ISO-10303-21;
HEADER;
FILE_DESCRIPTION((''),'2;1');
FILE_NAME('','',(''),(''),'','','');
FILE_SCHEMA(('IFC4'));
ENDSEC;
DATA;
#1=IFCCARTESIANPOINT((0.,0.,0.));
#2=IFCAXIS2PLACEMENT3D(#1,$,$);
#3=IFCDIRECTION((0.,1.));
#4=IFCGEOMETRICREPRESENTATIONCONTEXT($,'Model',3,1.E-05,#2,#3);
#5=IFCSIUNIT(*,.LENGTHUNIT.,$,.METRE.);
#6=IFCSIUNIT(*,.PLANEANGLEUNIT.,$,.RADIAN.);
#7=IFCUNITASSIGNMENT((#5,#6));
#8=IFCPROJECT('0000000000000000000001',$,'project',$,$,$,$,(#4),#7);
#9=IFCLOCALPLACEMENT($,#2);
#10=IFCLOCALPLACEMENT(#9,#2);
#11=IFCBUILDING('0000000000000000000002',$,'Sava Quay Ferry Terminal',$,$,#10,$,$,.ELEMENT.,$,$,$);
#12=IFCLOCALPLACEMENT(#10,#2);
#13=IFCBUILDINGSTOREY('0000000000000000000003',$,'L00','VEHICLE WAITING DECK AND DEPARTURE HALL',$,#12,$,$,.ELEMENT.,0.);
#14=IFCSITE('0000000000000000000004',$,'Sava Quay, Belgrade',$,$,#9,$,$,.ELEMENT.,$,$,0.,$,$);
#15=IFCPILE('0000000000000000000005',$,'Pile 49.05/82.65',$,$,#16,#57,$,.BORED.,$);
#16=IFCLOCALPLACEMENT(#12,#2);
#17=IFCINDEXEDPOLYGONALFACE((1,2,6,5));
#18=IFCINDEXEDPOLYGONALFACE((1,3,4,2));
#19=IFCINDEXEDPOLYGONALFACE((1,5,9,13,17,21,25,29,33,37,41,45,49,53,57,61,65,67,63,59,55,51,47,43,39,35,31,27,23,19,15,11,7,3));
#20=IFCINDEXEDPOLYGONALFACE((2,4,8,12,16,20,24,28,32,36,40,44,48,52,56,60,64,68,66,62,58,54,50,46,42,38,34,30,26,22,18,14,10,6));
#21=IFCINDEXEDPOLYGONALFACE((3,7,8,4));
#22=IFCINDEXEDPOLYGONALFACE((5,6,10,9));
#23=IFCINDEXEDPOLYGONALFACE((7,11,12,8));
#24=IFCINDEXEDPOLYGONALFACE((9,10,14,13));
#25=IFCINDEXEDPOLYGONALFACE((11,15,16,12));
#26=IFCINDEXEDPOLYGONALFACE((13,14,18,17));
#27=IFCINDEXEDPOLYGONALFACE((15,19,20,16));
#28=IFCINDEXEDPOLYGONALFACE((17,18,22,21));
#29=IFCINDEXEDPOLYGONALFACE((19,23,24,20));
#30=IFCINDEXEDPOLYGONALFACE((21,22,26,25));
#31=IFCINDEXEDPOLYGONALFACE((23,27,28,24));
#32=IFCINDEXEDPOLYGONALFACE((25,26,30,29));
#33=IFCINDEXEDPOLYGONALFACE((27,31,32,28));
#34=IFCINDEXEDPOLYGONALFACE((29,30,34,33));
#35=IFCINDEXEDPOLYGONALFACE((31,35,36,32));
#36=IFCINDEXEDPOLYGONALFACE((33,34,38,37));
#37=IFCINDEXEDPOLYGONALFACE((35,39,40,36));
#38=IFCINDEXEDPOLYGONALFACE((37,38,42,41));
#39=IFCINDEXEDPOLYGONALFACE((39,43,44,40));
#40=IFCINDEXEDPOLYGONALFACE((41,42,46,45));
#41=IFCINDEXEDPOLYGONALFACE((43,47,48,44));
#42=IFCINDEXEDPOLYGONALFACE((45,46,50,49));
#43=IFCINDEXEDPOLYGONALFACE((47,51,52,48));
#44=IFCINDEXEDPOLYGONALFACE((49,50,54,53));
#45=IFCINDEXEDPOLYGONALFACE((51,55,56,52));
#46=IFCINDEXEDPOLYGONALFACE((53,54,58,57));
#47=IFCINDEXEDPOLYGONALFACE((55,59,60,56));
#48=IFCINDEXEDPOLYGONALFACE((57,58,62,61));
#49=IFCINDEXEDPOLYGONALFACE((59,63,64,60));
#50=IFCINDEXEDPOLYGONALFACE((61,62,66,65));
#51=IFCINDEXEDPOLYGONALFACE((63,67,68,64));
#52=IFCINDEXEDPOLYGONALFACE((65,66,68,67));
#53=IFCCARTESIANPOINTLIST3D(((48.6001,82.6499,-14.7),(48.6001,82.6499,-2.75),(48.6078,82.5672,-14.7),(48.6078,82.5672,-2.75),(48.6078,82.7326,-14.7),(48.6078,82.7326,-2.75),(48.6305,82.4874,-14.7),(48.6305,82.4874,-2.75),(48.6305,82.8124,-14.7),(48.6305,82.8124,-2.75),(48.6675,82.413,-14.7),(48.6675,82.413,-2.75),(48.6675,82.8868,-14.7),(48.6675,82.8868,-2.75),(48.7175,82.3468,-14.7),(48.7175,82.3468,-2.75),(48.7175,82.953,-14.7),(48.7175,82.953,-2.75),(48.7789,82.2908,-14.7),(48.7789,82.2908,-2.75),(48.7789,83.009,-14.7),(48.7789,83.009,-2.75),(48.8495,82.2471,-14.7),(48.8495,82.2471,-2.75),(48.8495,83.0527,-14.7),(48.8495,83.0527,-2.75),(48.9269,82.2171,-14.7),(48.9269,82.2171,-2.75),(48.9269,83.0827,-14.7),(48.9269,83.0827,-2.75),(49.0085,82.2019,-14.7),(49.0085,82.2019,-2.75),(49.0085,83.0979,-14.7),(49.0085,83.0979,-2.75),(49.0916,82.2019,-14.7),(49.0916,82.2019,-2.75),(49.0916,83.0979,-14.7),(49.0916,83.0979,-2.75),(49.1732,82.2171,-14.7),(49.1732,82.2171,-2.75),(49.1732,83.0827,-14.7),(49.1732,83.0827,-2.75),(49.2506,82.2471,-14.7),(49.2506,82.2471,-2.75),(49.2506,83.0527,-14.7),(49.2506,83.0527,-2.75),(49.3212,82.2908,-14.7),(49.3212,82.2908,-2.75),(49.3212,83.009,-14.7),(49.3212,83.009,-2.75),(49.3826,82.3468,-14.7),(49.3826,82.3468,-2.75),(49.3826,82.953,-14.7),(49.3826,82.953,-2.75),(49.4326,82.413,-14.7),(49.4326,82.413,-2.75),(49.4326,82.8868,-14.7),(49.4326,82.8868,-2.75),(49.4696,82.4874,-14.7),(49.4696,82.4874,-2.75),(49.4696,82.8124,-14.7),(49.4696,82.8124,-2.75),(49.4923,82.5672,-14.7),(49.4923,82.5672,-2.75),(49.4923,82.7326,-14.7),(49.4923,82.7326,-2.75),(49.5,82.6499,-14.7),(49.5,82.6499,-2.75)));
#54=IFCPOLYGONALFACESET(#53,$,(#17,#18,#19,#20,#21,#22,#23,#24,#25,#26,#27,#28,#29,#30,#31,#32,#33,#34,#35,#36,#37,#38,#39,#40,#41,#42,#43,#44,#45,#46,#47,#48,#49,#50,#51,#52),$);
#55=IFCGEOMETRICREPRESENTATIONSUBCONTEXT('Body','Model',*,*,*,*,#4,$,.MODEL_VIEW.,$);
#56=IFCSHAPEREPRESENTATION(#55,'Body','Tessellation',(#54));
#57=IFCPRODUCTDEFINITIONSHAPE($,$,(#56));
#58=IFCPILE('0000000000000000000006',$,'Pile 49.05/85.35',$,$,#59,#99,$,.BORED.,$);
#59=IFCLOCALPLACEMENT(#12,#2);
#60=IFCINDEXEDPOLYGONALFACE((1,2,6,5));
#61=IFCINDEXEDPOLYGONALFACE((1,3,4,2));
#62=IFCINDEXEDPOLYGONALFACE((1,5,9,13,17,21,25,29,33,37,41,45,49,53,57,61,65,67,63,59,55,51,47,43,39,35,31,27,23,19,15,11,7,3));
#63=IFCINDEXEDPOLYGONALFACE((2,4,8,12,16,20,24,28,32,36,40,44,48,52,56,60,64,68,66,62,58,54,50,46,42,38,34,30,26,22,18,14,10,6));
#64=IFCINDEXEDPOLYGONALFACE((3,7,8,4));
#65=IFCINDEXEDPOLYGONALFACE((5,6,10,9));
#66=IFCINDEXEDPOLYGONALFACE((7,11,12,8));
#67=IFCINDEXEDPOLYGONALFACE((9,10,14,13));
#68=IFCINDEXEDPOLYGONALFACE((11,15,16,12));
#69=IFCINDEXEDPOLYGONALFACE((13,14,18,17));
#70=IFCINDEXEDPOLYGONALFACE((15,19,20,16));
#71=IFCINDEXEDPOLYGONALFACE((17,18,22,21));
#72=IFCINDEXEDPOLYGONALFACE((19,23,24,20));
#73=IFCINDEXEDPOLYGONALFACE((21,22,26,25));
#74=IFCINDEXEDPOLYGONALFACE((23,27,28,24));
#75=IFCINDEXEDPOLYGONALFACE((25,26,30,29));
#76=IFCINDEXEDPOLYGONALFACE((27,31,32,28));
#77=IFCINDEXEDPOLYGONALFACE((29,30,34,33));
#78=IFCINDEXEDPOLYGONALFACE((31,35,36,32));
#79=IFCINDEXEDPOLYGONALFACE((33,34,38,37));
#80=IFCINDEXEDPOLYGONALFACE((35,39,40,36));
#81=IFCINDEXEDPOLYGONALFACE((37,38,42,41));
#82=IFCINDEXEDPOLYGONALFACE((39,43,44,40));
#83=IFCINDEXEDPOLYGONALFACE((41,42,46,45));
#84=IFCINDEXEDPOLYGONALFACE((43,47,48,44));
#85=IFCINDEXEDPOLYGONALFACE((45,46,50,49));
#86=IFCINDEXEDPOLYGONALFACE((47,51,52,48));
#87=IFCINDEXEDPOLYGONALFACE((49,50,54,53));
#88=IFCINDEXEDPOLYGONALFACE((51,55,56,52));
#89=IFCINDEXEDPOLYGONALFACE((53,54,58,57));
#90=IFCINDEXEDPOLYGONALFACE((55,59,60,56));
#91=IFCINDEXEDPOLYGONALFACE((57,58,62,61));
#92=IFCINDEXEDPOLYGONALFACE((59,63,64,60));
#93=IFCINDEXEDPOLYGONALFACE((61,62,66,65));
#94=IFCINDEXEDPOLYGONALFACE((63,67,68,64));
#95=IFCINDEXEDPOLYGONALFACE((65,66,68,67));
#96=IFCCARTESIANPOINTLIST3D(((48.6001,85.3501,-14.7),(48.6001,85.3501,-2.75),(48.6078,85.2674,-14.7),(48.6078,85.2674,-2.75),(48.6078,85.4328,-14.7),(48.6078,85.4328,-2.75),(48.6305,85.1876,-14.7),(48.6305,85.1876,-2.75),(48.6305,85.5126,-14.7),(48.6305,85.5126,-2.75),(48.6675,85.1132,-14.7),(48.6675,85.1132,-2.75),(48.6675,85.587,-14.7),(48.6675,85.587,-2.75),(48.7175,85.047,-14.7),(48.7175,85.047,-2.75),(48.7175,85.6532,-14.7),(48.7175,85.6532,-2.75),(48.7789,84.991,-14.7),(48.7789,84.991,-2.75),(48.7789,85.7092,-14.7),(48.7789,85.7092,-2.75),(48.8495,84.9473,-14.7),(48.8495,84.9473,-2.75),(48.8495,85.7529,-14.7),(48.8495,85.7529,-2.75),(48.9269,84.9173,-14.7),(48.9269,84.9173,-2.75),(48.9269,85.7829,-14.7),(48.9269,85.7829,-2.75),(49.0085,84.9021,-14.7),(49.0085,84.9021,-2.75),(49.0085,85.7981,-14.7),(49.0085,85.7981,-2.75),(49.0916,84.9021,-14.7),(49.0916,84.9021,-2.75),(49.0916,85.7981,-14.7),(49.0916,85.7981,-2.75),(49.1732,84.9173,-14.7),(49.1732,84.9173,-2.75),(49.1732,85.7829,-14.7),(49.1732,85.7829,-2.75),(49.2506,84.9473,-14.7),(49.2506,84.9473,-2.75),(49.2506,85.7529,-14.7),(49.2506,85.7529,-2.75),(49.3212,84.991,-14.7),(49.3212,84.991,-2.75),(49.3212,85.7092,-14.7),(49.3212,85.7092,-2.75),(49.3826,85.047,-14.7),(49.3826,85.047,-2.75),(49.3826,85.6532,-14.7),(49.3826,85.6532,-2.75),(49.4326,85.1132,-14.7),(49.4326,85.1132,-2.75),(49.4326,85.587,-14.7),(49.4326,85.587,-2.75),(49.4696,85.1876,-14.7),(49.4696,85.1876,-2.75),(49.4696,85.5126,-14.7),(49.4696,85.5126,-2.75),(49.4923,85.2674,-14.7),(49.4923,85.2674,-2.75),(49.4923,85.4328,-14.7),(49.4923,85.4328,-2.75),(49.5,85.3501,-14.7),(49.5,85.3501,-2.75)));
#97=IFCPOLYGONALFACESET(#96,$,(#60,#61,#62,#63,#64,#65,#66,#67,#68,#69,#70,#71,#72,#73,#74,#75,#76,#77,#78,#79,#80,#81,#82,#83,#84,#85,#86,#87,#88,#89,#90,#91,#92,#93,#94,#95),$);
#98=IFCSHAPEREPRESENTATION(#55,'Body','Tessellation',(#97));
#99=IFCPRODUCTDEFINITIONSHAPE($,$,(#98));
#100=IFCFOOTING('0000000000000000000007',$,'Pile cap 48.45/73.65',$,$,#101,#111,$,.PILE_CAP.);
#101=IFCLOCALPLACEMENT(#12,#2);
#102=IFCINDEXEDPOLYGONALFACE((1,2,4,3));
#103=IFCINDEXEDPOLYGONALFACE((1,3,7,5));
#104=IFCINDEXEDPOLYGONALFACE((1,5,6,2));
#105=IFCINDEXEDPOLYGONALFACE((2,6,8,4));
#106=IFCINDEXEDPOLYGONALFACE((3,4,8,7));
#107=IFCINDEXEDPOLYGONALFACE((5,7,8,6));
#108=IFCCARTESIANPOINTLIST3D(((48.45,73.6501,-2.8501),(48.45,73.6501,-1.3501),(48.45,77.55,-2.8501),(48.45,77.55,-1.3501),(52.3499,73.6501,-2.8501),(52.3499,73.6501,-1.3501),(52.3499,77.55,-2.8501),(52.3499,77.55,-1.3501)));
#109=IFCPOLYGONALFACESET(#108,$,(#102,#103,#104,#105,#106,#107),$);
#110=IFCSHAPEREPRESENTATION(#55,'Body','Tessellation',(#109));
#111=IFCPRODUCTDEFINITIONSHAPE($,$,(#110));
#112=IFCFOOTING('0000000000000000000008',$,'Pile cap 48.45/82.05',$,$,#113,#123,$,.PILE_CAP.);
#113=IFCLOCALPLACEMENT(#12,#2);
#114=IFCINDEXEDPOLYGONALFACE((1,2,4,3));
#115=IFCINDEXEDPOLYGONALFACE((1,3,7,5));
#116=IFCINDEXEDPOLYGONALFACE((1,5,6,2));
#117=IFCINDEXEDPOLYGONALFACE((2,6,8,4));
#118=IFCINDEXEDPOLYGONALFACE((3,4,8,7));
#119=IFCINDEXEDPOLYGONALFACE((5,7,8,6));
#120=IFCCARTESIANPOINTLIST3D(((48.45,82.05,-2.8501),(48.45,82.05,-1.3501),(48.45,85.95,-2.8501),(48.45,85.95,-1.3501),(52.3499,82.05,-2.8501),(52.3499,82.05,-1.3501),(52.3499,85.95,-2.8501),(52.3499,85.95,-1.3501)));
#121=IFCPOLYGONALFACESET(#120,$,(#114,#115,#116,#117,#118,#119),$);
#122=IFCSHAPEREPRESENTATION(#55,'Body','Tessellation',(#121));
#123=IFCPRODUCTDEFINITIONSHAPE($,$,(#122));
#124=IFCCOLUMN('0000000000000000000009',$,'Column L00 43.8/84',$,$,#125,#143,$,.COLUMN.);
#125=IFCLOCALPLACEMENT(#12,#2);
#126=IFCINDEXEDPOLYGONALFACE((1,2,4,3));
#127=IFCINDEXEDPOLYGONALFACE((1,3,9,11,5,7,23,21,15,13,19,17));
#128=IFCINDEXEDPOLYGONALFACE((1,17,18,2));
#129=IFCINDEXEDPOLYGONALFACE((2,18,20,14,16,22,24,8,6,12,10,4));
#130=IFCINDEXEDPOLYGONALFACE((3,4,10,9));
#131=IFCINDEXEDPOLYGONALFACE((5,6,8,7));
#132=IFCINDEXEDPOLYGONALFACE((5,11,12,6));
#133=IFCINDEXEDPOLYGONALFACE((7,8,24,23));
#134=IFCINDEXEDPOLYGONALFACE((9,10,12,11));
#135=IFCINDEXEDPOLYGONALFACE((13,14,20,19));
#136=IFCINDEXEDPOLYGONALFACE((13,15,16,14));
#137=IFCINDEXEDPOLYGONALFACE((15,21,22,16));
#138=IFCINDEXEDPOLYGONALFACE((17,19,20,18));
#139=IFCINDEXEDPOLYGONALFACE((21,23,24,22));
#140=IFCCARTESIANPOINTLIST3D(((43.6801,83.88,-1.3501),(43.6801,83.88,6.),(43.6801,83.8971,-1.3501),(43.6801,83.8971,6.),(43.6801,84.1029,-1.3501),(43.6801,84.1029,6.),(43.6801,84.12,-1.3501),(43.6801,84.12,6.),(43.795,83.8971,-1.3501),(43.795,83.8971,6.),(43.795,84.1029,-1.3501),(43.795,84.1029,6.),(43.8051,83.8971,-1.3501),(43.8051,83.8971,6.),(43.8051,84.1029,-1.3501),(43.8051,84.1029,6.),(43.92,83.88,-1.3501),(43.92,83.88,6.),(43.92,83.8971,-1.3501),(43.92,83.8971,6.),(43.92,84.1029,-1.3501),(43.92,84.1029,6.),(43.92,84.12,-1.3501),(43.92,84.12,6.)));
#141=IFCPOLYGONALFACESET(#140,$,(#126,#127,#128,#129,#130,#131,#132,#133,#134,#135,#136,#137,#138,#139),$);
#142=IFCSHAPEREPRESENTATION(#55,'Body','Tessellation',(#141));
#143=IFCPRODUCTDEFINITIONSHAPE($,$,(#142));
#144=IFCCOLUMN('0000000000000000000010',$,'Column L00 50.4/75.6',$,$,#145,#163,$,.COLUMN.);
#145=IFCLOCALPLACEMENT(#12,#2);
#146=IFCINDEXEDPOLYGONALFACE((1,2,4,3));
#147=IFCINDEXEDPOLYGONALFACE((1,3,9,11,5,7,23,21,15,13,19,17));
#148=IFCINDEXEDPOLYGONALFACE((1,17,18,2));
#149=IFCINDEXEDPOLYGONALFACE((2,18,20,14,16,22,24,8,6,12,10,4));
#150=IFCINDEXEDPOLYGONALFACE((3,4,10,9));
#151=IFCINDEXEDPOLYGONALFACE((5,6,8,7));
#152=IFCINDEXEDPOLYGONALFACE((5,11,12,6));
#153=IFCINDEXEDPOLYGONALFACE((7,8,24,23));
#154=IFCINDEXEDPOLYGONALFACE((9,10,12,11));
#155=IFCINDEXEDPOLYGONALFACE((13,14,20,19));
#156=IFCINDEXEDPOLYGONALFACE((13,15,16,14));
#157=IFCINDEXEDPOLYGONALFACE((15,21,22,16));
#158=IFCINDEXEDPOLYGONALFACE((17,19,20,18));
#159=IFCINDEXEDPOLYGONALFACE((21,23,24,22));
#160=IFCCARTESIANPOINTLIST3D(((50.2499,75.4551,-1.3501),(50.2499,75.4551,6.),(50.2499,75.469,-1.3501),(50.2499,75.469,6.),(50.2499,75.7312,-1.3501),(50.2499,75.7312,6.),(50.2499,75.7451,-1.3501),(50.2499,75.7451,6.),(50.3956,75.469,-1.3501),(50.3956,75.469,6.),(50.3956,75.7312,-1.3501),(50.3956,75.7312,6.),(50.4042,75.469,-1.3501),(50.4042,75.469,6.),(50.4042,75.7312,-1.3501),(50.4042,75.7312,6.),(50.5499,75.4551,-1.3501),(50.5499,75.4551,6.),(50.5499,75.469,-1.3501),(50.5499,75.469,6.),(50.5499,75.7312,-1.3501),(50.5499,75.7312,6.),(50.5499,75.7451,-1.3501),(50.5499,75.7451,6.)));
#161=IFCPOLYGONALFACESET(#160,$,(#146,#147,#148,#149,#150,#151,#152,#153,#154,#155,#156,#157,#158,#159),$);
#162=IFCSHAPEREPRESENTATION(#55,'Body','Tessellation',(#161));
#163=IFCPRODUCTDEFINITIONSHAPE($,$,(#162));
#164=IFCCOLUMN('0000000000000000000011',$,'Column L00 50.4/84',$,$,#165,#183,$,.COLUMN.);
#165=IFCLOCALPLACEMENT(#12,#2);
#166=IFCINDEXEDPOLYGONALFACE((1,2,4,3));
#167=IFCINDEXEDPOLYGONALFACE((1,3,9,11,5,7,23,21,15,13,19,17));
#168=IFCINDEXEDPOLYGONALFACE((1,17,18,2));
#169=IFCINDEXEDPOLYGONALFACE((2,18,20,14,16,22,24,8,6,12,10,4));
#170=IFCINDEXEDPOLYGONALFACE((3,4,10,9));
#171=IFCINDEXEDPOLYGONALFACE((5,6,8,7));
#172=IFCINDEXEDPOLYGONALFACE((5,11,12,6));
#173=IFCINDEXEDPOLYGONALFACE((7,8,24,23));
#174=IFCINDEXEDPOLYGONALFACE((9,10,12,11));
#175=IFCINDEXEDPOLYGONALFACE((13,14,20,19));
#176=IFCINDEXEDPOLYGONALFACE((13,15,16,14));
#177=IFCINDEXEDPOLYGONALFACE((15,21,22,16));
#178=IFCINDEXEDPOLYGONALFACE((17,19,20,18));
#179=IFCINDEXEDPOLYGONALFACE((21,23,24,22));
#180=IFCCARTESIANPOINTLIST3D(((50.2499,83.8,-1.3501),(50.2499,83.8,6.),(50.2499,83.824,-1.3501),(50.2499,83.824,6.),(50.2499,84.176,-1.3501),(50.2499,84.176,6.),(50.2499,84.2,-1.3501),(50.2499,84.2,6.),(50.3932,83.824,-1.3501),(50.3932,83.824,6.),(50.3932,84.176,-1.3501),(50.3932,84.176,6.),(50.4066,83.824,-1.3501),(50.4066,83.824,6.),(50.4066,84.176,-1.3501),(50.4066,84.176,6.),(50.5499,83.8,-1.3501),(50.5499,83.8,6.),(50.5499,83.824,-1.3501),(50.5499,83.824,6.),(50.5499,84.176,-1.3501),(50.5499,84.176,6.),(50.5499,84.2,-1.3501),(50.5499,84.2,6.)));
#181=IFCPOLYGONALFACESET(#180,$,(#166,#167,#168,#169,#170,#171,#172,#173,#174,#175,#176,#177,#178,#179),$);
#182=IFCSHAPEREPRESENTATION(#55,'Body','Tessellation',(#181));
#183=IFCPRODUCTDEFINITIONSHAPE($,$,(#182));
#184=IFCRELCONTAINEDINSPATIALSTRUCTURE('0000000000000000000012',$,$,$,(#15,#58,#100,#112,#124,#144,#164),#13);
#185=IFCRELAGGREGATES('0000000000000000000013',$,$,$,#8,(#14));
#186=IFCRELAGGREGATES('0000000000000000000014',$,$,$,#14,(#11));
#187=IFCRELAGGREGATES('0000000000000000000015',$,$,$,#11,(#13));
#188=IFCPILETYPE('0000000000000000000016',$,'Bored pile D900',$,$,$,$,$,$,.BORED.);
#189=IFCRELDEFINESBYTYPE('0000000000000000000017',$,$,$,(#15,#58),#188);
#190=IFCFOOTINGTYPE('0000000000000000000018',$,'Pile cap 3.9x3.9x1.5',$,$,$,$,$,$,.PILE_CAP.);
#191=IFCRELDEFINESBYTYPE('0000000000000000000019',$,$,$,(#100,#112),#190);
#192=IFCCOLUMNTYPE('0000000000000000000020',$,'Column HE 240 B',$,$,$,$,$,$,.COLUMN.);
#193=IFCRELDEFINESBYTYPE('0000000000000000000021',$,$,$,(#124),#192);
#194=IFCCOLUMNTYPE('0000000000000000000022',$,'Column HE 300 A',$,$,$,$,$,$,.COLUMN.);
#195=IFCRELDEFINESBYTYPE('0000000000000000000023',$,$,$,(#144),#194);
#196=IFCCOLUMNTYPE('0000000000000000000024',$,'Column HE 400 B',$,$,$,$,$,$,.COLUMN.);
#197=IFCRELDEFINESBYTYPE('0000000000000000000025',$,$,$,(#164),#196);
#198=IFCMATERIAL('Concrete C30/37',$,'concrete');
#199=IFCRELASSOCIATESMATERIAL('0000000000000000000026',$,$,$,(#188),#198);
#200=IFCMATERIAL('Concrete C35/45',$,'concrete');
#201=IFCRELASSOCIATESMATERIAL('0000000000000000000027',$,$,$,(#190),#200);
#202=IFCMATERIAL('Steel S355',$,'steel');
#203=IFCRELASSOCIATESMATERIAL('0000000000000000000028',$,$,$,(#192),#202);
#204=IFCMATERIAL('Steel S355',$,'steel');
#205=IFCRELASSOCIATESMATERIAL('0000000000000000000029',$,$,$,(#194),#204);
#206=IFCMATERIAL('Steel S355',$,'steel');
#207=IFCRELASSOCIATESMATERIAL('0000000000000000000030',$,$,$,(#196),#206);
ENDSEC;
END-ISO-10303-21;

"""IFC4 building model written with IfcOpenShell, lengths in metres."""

from ifc_helpers import new_model, si_unit, direction, frame, origin, origin_2d, place, context, subcontext, project, spatial, rectangle, circle, i_section, extrude, material, material_profile, profile_set, type_object, element, save


model = new_model("IFC4")

# Units and contexts
model_context = context("Model", 3, precision=1e-05, world=origin(), true_north=direction((0.0, 1.0)))
body_context = subcontext(model_context, "Body", "Model", "MODEL_VIEW")
ifc_project = project(units=[si_unit("LENGTHUNIT", "METRE"), si_unit("PLANEANGLEUNIT", "RADIAN")], contexts=[model_context])

# Site, building, storey
site_placement = place(None, origin())
site = spatial("IfcSite", under=ifc_project, at=site_placement, Name="Sava Quay, Belgrade", CompositionType="ELEMENT", RefElevation=0.0)
building_placement = place(site_placement, origin())
building = spatial("IfcBuilding", under=site, at=building_placement, Name="Sava Quay Ferry Terminal", CompositionType="ELEMENT")
storey_placement = place(building_placement, origin())
storey = spatial("IfcBuildingStorey", under=building, at=storey_placement, Name="L00", Description="VEHICLE WAITING DECK AND DEPARTURE HALL", CompositionType="ELEMENT", Elevation=0.0)

# Piles
ifc_material_1 = material(Name="Concrete C30/37", Category="concrete")
ifc_material_profile_1 = material_profile(ifc_material_1, circle(Radius=0.45, at=origin_2d()), Name="Bored pile D900")
ifc_profile_set_1 = profile_set([ifc_material_profile_1], Name="Concrete C30/37")
pile_type = type_object("IfcPileType", Name="Bored pile D900", PredefinedType="BORED", material=ifc_profile_set_1)
for number, where, z_axis, x_axis, name in (
    (1, (49.05, 82.6499, -2.75), (0.0, 0.0, -1.0), (1.0, 0.0, 0.0), "Pile 49.05/82.65"),
    (2, (49.05, 85.3501, -2.75), (0.0, 0.0, -1.0), (1.0, 0.0, 0.0), "Pile 49.05/85.35"),
):
    element("IfcPile", number, at=place(storey_placement, frame(where, z_axis=z_axis, x_axis=x_axis)), inside=storey, type_object=pile_type, Name=name, PredefinedType="BORED", context=body_context, shape_type="SweptSolid", body=[
        extrude(circle(Radius=0.45, at=origin_2d()), origin(), (0.0, 0.0, 1.0), 11.95),
    ])

# Footings
ifc_material_2 = material(Name="Concrete C35/45", Category="concrete")
footing_type = type_object("IfcFootingType", Name="Pile cap 3.9x3.9x1.5", PredefinedType="PILE_CAP", material=ifc_material_2)
for number, where, z_axis, x_axis, name in (
    (3, (50.3999, 75.6001, -2.8501), (0.0, 0.0, 1.0), (1.0, 0.0, 0.0), "Pile cap 48.45/73.65"),
    (4, (50.3999, 84.0, -2.8501), (0.0, 0.0, 1.0), (1.0, 0.0, 0.0), "Pile cap 48.45/82.05"),
):
    element("IfcFooting", number, at=place(storey_placement, frame(where, z_axis=z_axis, x_axis=x_axis)), inside=storey, type_object=footing_type, Name=name, PredefinedType="PILE_CAP", context=body_context, shape_type="SweptSolid", body=[
        extrude(rectangle(XDim=3.8999, YDim=3.8999, at=origin_2d()), origin(), (0.0, 0.0, 1.0), 1.5),
    ])

# Columns
ifc_material_3 = material(Name="Steel S355", Category="steel")
ifc_material_profile_2 = material_profile(ifc_material_3, i_section(OverallWidth=0.24, OverallDepth=0.24, WebThickness=0.01, FlangeThickness=0.0171, at=origin_2d()), Name="HE 240 B")
ifc_profile_set_2 = profile_set([ifc_material_profile_2], Name="Steel S355")
column_type_1 = type_object("IfcColumnType", Name="Column HE 240 B", PredefinedType="COLUMN", material=ifc_profile_set_2)
column_1_placement = place(storey_placement, frame((43.8, 84.0, -1.3501), z_axis=(0.0, 0.0, 1.0), x_axis=(1.0, 0.0, 0.0)))
element("IfcColumn", 5, at=column_1_placement, inside=storey, type_object=column_type_1, Name="Column L00 43.8/84", PredefinedType="COLUMN", context=body_context, shape_type="SweptSolid", body=[
    extrude(i_section(OverallWidth=0.24, OverallDepth=0.24, WebThickness=0.01, FlangeThickness=0.0171, at=origin_2d()), origin(), (0.0, 0.0, 1.0), 7.3501),
])
ifc_material_4 = material(Name="Steel S355", Category="steel")
ifc_material_profile_3 = material_profile(ifc_material_4, i_section(OverallWidth=0.3, OverallDepth=0.29, WebThickness=0.0085, FlangeThickness=0.0139, at=origin_2d()), Name="HE 300 A")
ifc_profile_set_3 = profile_set([ifc_material_profile_3], Name="Steel S355")
column_type_2 = type_object("IfcColumnType", Name="Column HE 300 A", PredefinedType="COLUMN", material=ifc_profile_set_3)
column_2_placement = place(storey_placement, frame((50.3999, 75.6001, -1.3501), z_axis=(0.0, 0.0, 1.0), x_axis=(1.0, 0.0, 0.0)))
element("IfcColumn", 6, at=column_2_placement, inside=storey, type_object=column_type_2, Name="Column L00 50.4/75.6", PredefinedType="COLUMN", context=body_context, shape_type="SweptSolid", body=[
    extrude(i_section(OverallWidth=0.3, OverallDepth=0.29, WebThickness=0.0085, FlangeThickness=0.0139, at=origin_2d()), origin(), (0.0, 0.0, 1.0), 7.3501),
])
ifc_material_5 = material(Name="Steel S355", Category="steel")
ifc_material_profile_4 = material_profile(ifc_material_5, i_section(OverallWidth=0.3, OverallDepth=0.3999, WebThickness=0.0134, FlangeThickness=0.0239, at=origin_2d()), Name="HE 400 B")
ifc_profile_set_4 = profile_set([ifc_material_profile_4], Name="Steel S355")
column_type_3 = type_object("IfcColumnType", Name="Column HE 400 B", PredefinedType="COLUMN", material=ifc_profile_set_4)
column_3_placement = place(storey_placement, frame((50.3999, 84.0, -1.3501), z_axis=(0.0, 0.0, 1.0), x_axis=(1.0, 0.0, 0.0)))
element("IfcColumn", 7, at=column_3_placement, inside=storey, type_object=column_type_3, Name="Column L00 50.4/84", PredefinedType="COLUMN", context=body_context, shape_type="SweptSolid", body=[
    extrude(i_section(OverallWidth=0.3, OverallDepth=0.3999, WebThickness=0.0134, FlangeThickness=0.0239, at=origin_2d()), origin(), (0.0, 0.0, 1.0), 7.3501),
])

save(model, "model.ifc")
